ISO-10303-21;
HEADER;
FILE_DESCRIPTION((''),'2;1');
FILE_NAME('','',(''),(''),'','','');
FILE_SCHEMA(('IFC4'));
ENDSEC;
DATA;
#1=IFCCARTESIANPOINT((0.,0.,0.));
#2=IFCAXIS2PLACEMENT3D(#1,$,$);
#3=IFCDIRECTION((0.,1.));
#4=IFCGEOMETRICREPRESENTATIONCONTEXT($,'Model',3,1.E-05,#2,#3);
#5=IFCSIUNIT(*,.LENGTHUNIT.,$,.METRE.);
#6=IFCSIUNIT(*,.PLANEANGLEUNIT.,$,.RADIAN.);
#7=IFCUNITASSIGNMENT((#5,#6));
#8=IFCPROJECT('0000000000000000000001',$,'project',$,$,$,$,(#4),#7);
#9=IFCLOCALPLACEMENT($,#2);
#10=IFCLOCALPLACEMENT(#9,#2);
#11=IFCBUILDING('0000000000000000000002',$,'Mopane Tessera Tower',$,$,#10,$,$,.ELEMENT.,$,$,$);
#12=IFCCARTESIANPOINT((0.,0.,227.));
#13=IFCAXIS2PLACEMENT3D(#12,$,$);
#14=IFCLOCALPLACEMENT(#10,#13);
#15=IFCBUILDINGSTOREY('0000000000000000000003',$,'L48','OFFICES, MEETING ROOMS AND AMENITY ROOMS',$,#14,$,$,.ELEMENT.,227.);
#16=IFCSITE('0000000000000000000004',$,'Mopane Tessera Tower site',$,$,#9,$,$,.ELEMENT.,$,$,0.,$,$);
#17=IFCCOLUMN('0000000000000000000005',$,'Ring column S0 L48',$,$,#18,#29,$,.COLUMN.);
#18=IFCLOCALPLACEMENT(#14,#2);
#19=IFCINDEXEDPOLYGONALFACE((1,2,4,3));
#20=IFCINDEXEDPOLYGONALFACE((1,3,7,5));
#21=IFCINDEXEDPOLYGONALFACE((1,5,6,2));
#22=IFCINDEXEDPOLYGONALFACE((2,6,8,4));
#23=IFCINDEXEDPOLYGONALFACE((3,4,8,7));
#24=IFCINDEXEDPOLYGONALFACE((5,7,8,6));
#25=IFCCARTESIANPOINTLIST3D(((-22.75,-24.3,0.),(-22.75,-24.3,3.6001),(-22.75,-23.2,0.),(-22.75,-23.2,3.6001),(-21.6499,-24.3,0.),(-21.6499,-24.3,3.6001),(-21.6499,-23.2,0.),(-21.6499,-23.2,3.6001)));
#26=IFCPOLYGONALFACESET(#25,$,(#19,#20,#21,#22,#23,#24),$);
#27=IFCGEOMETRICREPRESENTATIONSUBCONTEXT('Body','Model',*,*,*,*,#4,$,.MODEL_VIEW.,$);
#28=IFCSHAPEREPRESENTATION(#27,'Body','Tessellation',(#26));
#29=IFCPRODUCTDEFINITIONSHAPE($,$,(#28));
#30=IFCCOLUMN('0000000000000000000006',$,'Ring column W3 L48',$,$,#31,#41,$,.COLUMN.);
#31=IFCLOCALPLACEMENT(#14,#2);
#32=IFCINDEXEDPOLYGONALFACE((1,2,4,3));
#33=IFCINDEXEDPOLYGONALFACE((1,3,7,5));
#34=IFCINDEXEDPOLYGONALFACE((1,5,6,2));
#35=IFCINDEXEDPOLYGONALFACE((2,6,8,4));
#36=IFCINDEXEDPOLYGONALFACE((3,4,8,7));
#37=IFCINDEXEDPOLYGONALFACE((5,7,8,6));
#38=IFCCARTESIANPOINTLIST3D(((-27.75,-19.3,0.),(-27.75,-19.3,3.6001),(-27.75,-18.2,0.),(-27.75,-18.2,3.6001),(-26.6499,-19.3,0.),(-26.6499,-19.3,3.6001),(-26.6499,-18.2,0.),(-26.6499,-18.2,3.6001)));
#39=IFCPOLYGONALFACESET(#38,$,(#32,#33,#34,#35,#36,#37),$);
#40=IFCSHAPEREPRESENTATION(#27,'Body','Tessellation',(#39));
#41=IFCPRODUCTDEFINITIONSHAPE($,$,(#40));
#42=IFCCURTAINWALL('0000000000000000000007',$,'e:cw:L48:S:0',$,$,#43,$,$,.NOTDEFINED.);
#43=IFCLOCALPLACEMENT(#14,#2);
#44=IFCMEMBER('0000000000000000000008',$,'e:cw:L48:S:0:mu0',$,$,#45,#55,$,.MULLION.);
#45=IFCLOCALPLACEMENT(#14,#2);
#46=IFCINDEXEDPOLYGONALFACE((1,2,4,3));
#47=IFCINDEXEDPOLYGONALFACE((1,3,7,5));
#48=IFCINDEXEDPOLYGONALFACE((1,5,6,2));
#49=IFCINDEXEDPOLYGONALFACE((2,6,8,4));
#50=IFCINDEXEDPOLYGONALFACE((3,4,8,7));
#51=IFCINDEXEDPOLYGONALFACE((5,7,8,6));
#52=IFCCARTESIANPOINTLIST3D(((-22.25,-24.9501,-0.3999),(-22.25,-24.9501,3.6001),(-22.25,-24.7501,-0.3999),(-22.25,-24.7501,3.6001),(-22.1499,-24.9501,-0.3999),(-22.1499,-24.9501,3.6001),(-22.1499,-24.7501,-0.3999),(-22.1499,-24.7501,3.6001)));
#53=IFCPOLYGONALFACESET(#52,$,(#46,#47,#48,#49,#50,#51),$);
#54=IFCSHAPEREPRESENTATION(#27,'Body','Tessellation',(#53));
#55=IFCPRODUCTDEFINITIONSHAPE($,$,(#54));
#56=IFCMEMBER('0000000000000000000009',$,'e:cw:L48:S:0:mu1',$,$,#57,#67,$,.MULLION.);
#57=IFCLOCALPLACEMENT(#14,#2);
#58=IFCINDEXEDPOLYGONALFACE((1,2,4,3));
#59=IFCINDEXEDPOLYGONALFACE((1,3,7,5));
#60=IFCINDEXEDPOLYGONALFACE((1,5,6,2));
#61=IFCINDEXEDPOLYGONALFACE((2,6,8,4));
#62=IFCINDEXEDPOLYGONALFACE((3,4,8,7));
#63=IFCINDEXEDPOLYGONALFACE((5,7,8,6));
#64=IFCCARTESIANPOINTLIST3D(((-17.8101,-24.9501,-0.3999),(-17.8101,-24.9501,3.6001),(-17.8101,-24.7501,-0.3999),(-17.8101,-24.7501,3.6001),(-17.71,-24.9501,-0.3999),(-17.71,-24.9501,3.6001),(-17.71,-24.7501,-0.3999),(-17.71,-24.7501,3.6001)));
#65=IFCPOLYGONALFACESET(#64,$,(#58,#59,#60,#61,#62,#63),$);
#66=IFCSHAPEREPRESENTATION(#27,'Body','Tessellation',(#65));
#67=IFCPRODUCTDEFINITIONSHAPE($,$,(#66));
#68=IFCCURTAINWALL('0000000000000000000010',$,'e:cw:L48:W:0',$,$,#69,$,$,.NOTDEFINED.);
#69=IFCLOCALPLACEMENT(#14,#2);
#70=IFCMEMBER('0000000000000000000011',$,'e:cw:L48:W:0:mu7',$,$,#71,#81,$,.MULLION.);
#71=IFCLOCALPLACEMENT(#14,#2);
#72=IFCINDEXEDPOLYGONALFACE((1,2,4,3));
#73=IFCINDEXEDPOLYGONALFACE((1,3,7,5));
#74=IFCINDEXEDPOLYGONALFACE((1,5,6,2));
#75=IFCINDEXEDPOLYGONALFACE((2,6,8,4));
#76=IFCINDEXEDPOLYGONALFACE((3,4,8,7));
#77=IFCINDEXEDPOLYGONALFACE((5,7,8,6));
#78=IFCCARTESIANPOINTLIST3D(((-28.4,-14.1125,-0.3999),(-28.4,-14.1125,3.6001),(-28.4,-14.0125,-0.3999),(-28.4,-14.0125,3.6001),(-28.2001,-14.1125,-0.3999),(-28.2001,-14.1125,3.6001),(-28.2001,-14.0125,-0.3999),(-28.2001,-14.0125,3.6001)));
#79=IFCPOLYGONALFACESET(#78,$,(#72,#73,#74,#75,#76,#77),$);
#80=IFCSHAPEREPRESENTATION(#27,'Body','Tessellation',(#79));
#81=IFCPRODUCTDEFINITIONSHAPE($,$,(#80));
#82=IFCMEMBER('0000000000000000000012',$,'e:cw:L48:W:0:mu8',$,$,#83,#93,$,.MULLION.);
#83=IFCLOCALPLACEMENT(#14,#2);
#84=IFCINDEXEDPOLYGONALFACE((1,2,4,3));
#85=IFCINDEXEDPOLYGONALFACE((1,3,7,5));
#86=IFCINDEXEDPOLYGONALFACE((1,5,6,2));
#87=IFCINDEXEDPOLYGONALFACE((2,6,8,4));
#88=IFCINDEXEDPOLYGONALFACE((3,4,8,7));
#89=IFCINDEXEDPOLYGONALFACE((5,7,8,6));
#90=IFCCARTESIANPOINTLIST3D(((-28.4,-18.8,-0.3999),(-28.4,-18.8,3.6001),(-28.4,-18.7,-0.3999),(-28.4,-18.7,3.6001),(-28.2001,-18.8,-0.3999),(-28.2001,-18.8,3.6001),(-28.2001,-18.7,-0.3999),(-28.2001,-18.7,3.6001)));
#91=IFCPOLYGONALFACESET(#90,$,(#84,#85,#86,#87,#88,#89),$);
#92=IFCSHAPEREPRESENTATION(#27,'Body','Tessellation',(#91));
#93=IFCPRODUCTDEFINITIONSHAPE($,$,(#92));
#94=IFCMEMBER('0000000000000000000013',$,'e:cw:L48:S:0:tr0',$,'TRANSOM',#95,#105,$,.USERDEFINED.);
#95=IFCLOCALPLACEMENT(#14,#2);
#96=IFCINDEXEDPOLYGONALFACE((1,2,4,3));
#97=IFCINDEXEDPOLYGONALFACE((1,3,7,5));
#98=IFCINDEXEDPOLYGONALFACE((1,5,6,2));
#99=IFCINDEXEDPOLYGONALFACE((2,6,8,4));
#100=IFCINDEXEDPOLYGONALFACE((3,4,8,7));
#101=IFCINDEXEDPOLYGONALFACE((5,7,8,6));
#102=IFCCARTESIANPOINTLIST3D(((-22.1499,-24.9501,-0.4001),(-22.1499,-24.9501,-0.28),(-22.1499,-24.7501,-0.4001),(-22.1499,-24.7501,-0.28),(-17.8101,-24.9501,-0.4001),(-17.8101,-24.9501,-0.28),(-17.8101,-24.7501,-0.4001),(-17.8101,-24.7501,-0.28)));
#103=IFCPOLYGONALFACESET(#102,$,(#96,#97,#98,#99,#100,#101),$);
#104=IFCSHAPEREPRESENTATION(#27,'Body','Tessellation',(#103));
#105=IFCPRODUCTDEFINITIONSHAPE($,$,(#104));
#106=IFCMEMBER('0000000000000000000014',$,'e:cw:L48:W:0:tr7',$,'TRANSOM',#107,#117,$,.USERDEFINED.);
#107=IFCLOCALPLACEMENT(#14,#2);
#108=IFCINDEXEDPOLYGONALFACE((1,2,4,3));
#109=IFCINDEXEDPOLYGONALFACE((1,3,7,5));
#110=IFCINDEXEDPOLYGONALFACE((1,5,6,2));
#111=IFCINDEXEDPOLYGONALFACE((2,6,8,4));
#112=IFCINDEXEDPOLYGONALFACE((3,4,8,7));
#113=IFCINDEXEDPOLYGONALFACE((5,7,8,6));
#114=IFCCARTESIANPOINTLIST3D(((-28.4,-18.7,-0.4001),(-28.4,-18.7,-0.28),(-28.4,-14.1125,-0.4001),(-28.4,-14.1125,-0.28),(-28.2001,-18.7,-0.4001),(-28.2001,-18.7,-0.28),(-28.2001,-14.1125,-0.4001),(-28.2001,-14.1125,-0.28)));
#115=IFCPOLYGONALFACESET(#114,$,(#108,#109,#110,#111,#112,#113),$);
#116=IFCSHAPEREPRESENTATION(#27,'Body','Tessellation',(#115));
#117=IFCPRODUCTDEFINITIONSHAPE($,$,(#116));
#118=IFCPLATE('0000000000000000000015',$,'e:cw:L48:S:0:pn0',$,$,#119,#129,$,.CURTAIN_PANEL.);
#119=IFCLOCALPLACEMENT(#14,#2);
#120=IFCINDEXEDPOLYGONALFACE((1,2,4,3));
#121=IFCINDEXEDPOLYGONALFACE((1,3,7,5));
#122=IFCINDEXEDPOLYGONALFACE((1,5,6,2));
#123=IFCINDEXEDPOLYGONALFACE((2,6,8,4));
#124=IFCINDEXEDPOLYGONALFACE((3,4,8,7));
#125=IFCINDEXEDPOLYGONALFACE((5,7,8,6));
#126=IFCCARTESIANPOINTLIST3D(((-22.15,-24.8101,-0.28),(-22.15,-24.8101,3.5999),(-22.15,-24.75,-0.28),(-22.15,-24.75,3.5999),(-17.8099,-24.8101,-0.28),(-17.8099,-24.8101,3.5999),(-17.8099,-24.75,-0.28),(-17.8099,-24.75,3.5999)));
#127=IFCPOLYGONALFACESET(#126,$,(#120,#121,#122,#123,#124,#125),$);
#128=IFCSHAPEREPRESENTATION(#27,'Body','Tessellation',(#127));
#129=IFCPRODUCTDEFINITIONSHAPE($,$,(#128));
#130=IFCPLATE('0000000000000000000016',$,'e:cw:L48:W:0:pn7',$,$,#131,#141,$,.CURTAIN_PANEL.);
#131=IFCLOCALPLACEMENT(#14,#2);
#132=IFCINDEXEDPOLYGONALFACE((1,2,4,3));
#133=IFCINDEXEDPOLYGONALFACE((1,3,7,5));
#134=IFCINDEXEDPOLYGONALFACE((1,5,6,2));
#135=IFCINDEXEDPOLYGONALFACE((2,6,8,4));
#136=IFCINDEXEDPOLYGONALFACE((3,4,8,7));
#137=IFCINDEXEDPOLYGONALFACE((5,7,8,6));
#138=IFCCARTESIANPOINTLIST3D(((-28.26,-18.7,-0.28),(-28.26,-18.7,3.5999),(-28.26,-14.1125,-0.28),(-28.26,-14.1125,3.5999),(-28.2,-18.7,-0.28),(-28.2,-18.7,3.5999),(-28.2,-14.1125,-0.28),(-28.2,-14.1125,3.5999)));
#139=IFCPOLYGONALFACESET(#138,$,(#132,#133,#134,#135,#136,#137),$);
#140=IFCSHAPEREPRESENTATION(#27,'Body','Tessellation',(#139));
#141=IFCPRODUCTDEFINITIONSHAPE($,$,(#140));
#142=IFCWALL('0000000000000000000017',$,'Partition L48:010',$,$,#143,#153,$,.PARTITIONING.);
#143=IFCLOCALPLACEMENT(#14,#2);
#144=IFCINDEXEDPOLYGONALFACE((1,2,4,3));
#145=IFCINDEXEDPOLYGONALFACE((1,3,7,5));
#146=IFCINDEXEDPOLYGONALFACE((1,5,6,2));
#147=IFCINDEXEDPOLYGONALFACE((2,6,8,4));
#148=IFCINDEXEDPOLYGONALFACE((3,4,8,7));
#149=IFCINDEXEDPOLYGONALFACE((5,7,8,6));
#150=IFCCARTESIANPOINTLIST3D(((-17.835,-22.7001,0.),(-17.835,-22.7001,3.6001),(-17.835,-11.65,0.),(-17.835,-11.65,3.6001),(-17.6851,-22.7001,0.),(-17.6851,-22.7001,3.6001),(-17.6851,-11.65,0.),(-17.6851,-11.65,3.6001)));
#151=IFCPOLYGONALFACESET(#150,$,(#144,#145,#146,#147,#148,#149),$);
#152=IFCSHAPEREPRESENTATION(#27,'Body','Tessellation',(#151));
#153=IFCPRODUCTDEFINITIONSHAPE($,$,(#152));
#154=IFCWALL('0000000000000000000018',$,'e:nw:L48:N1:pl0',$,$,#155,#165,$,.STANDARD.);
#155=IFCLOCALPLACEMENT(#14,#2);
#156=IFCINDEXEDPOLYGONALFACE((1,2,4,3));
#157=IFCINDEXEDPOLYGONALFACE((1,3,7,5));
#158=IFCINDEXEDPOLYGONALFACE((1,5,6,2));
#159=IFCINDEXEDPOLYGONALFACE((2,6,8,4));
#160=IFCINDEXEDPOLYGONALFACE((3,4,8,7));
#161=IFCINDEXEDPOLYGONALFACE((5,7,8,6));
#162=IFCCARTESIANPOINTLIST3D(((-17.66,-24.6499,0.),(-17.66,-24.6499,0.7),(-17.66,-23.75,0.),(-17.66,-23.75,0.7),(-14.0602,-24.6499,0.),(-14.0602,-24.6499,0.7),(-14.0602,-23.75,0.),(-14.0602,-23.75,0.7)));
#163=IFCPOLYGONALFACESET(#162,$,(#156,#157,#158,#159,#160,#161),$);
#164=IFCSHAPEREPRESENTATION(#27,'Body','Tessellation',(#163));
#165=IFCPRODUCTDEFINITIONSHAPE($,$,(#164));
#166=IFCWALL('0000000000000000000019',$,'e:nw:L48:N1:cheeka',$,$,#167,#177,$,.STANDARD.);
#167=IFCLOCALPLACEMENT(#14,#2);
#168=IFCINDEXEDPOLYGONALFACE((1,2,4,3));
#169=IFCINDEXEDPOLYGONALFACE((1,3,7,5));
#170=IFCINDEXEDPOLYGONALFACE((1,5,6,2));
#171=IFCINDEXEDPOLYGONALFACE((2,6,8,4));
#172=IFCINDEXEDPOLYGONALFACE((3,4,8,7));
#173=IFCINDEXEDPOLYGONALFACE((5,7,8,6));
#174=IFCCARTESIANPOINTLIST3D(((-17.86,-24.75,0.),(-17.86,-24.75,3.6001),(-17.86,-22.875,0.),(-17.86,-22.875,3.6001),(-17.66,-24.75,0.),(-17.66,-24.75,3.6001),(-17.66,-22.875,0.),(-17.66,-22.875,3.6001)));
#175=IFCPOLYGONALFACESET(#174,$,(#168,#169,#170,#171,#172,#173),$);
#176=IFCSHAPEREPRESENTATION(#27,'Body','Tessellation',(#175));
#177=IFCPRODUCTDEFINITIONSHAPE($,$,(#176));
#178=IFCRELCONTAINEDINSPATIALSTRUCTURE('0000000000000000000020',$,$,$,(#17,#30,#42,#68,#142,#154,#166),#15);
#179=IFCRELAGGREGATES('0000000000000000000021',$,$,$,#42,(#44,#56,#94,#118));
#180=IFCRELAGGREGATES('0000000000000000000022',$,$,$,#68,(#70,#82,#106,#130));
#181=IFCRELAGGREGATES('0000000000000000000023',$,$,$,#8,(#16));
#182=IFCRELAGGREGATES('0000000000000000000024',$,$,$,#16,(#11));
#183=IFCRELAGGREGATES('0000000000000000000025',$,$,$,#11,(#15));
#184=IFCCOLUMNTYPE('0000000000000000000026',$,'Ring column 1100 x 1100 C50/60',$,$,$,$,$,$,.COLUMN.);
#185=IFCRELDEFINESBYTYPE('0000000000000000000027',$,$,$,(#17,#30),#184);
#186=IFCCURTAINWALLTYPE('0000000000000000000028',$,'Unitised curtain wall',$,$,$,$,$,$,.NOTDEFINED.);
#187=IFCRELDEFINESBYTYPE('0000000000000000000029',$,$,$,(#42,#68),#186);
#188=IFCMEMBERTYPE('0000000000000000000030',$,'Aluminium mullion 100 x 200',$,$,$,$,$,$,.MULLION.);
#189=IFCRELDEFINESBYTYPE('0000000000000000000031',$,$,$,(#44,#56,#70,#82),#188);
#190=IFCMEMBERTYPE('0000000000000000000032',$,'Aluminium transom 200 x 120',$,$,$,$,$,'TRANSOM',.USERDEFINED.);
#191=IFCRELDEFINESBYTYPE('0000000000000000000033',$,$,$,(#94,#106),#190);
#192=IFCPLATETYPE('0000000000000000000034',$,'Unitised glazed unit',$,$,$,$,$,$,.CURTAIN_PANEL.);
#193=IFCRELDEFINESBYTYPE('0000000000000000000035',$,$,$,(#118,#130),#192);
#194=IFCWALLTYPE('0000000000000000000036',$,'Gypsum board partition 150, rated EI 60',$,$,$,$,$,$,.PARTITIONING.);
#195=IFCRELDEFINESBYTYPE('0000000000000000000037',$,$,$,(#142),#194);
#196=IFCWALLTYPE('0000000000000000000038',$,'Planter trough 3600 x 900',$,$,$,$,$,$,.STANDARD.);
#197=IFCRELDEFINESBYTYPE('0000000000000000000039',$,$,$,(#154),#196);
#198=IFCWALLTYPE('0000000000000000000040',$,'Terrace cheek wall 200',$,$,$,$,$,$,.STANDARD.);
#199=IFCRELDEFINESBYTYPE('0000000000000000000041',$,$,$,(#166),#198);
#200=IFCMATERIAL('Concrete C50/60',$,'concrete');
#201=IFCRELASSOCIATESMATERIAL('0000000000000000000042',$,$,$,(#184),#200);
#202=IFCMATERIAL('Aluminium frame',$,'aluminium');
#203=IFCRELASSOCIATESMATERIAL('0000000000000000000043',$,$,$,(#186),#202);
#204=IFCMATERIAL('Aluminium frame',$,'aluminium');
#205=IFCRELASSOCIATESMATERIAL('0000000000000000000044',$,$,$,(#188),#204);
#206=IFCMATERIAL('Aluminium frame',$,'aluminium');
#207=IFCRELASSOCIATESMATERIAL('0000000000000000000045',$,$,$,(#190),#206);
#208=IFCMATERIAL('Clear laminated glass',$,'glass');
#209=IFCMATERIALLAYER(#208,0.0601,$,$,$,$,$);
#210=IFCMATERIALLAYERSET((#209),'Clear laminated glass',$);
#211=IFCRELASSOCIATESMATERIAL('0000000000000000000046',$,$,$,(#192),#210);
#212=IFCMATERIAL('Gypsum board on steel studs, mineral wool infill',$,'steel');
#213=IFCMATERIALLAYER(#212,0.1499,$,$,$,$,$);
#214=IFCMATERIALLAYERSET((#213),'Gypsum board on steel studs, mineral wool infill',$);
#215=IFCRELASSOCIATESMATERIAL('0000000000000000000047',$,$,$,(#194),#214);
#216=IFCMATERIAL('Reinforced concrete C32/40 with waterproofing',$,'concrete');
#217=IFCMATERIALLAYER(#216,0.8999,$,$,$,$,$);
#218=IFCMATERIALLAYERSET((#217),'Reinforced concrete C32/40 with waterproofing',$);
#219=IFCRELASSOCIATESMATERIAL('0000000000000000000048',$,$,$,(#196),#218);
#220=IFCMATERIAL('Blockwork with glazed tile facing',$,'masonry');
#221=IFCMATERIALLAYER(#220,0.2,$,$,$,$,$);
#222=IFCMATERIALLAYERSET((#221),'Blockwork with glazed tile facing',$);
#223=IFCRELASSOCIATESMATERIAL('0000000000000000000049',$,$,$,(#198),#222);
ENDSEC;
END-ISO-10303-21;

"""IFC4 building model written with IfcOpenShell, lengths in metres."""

from ifc_helpers import new_model, si_unit, direction, frame, frame_2d, origin, origin_2d, place, context, subcontext, project, spatial, rectangle, extrude, material, layer, layer_set, material_profile, profile_set, type_object, element, aggregate, save


model = new_model("IFC4")

# Units and contexts
model_context = context("Model", 3, precision=1e-05, world=origin(), true_north=direction((0.0, 1.0)))
body_context = subcontext(model_context, "Body", "Model", "MODEL_VIEW")
ifc_project = project(units=[si_unit("LENGTHUNIT", "METRE"), si_unit("PLANEANGLEUNIT", "RADIAN")], contexts=[model_context])

# Site, building, storey
site_placement = place(None, origin())
site = spatial("IfcSite", under=ifc_project, at=site_placement, Name="Mopane Tessera Tower site", CompositionType="ELEMENT", RefElevation=0.0)
building_placement = place(site_placement, origin())
building = spatial("IfcBuilding", under=site, at=building_placement, Name="Mopane Tessera Tower", CompositionType="ELEMENT")
storey_placement = place(building_placement, frame((0.0, 0.0, 227.0)))
storey = spatial("IfcBuildingStorey", under=building, at=storey_placement, Name="L48", Description="OFFICES, MEETING ROOMS AND AMENITY ROOMS", CompositionType="ELEMENT", Elevation=227.0)

# Columns
ifc_material_1 = material(Name="Concrete C50/60", Category="concrete")
ifc_material_profile_1 = material_profile(ifc_material_1, rectangle(XDim=1.1001, YDim=1.1001, at=origin_2d()))
ifc_profile_set_1 = profile_set([ifc_material_profile_1], Name="Concrete C50/60")
column_type = type_object("IfcColumnType", Name="Ring column 1100 x 1100 C50/60", PredefinedType="COLUMN", material=ifc_profile_set_1)
for number, where, z_axis, x_axis, name in (
    (1, (-22.2, -23.75, 0.0), (0.0, 0.0, 1.0), (1.0, 0.0, 0.0), "Ring column S0 L48"),
    (2, (-27.2, -18.75, 0.0), (0.0, 0.0, 1.0), (1.0, 0.0, 0.0), "Ring column W3 L48"),
):
    element("IfcColumn", number, at=place(storey_placement, frame(where, z_axis=z_axis, x_axis=x_axis)), inside=storey, type_object=column_type, Name=name, PredefinedType="COLUMN", context=body_context, shape_type="SweptSolid", body=[
        extrude(rectangle(XDim=1.1001, YDim=1.1001, at=origin_2d()), origin(), (0.0, 0.0, 1.0), 3.6001),
    ])

# Curtain walls, members
ifc_material_2 = material(Name="Aluminium frame", Category="aluminium")
curtain_wall_type = type_object("IfcCurtainWallType", Name="Unitised curtain wall", PredefinedType="NOTDEFINED", material=ifc_material_2)
curtain_wall_1_placement = place(storey_placement, origin())
curtain_wall_1 = element("IfcCurtainWall", 3, at=curtain_wall_1_placement, inside=storey, type_object=curtain_wall_type, Name="e:cw:L48:S:0", PredefinedType="NOTDEFINED")
ifc_material_3 = material(Name="Aluminium frame", Category="aluminium")
ifc_material_profile_2 = material_profile(ifc_material_3, rectangle(XDim=0.1001, YDim=0.2, at=origin_2d()))
ifc_profile_set_2 = profile_set([ifc_material_profile_2], Name="Aluminium frame")
member_type_1 = type_object("IfcMemberType", Name="Aluminium mullion 100 x 200", PredefinedType="MULLION", material=ifc_profile_set_2)
member_1_placement = place(storey_placement, frame((-22.2, -24.8501, -0.3999), z_axis=(0.0, 0.0, 1.0), x_axis=(1.0, 0.0, 0.0)))
member_1 = element("IfcMember", 4, at=member_1_placement, type_object=member_type_1, Name="e:cw:L48:S:0:mu0", PredefinedType="MULLION", context=body_context, shape_type="SweptSolid", body=[
    extrude(rectangle(XDim=0.1001, YDim=0.2, at=origin_2d()), origin(), (0.0, 0.0, 1.0), 4.0),
])
member_2_placement = place(storey_placement, frame((-17.76, -24.8501, -0.3999), z_axis=(0.0, 0.0, 1.0), x_axis=(1.0, 0.0, 0.0)))
member_2 = element("IfcMember", 5, at=member_2_placement, type_object=member_type_1, Name="e:cw:L48:S:0:mu1", PredefinedType="MULLION", context=body_context, shape_type="SweptSolid", body=[
    extrude(rectangle(XDim=0.1001, YDim=0.2, at=origin_2d()), origin(), (0.0, 0.0, 1.0), 4.0),
])
curtain_wall_2_placement = place(storey_placement, origin())
curtain_wall_2 = element("IfcCurtainWall", 6, at=curtain_wall_2_placement, inside=storey, type_object=curtain_wall_type, Name="e:cw:L48:W:0", PredefinedType="NOTDEFINED")
member_3_placement = place(storey_placement, frame((-28.3, -14.0625, -0.3999), z_axis=(0.0, 0.0, 1.0), x_axis=(0.0, -1.0, 0.0)))
member_3 = element("IfcMember", 7, at=member_3_placement, type_object=member_type_1, Name="e:cw:L48:W:0:mu7", PredefinedType="MULLION", context=body_context, shape_type="SweptSolid", body=[
    extrude(rectangle(XDim=0.1001, YDim=0.2, at=origin_2d()), origin(), (0.0, 0.0, 1.0), 4.0),
])
member_4_placement = place(storey_placement, frame((-28.3, -18.75, -0.3999), z_axis=(0.0, 0.0, 1.0), x_axis=(0.0, -1.0, 0.0)))
member_4 = element("IfcMember", 8, at=member_4_placement, type_object=member_type_1, Name="e:cw:L48:W:0:mu8", PredefinedType="MULLION", context=body_context, shape_type="SweptSolid", body=[
    extrude(rectangle(XDim=0.1001, YDim=0.2, at=origin_2d()), origin(), (0.0, 0.0, 1.0), 4.0),
])

# Members
ifc_material_4 = material(Name="Aluminium frame", Category="aluminium")
ifc_material_profile_3 = material_profile(ifc_material_4, rectangle(XDim=0.2, YDim=0.1201, at=origin_2d()))
ifc_profile_set_3 = profile_set([ifc_material_profile_3], Name="Aluminium frame")
member_type_2 = type_object("IfcMemberType", Name="Aluminium transom 200 x 120", ElementType="TRANSOM", PredefinedType="USERDEFINED", material=ifc_profile_set_3)
member_5_placement = place(storey_placement, frame((-22.1499, -24.8501, -0.3401), z_axis=(1.0, 0.0, 0.0), x_axis=(0.0, 1.0, 0.0)))
member_5 = element("IfcMember", 9, at=member_5_placement, type_object=member_type_2, Name="e:cw:L48:S:0:tr0", ObjectType="TRANSOM", PredefinedType="USERDEFINED", context=body_context, shape_type="SweptSolid", body=[
    extrude(rectangle(XDim=0.2, YDim=0.1201, at=origin_2d()), origin(), (0.0, 0.0, 1.0), 4.3398),
])
member_6_placement = place(storey_placement, frame((-28.3, -14.1125, -0.3401), z_axis=(0.0, -1.0, 0.0), x_axis=(1.0, 0.0, 0.0)))
member_6 = element("IfcMember", 10, at=member_6_placement, type_object=member_type_2, Name="e:cw:L48:W:0:tr7", ObjectType="TRANSOM", PredefinedType="USERDEFINED", context=body_context, shape_type="SweptSolid", body=[
    extrude(rectangle(XDim=0.2, YDim=0.1201, at=origin_2d()), origin(), (0.0, 0.0, 1.0), 4.5874),
])

# Plates
ifc_material_5 = material(Name="Clear laminated glass", Category="glass")
ifc_layer_1 = layer(ifc_material_5, 0.0601)
ifc_layer_set_1 = layer_set([ifc_layer_1], Name="Clear laminated glass")
plate_type = type_object("IfcPlateType", Name="Unitised glazed unit", PredefinedType="CURTAIN_PANEL", material=ifc_layer_set_1)
plate_1_placement = place(storey_placement, frame((-19.98, -24.78, -0.28), z_axis=(0.0, 0.0, 1.0), x_axis=(1.0, 0.0, 0.0)))
plate_1 = element("IfcPlate", 11, at=plate_1_placement, type_object=plate_type, Name="e:cw:L48:S:0:pn0", PredefinedType="CURTAIN_PANEL", context=body_context, shape_type="SweptSolid", body=[
    extrude(rectangle(XDim=4.3401, YDim=0.0601, at=origin_2d()), origin(), (0.0, 0.0, 1.0), 3.8799),
])
aggregate(curtain_wall_1, [member_1, member_2, member_5, plate_1])
plate_2_placement = place(storey_placement, frame((-28.23, -16.4062, -0.28), z_axis=(0.0, 0.0, 1.0), x_axis=(0.0, -1.0, 0.0)))
plate_2 = element("IfcPlate", 12, at=plate_2_placement, type_object=plate_type, Name="e:cw:L48:W:0:pn7", PredefinedType="CURTAIN_PANEL", context=body_context, shape_type="SweptSolid", body=[
    extrude(rectangle(XDim=4.5874, YDim=0.0601, at=origin_2d()), origin(), (0.0, 0.0, 1.0), 3.8799),
])
aggregate(curtain_wall_2, [member_3, member_4, member_6, plate_2])

# Walls
ifc_material_6 = material(Name="Gypsum board on steel studs, mineral wool infill", Category="steel")
ifc_layer_2 = layer(ifc_material_6, 0.1499)
ifc_layer_set_2 = layer_set([ifc_layer_2], Name="Gypsum board on steel studs, mineral wool infill")
wall_type_1 = type_object("IfcWallType", Name="Gypsum board partition 150, rated EI 60", PredefinedType="PARTITIONING", material=ifc_layer_set_2)
wall_1_placement = place(storey_placement, frame((-17.76, -22.7, 0.0), z_axis=(0.0, 0.0, 1.0), x_axis=(0.0, 1.0, 0.0)))
element("IfcWall", 13, at=wall_1_placement, inside=storey, type_object=wall_type_1, Name="Partition L48:010", PredefinedType="PARTITIONING", context=body_context, shape_type="SweptSolid", body=[
    extrude(rectangle(XDim=11.05, YDim=0.1499, at=frame_2d((5.5249, 0.0))), origin(), (0.0, 0.0, 1.0), 3.6001),
])
ifc_material_7 = material(Name="Reinforced concrete C32/40 with waterproofing", Category="concrete")
ifc_layer_3 = layer(ifc_material_7, 0.8999)
ifc_layer_set_3 = layer_set([ifc_layer_3], Name="Reinforced concrete C32/40 with waterproofing")
wall_type_2 = type_object("IfcWallType", Name="Planter trough 3600 x 900", PredefinedType="STANDARD", material=ifc_layer_set_3)
wall_2_placement = place(storey_placement, frame((-17.6599, -24.2, 0.0), z_axis=(0.0, 0.0, 1.0), x_axis=(1.0, 0.0, 0.0)))
element("IfcWall", 14, at=wall_2_placement, inside=storey, type_object=wall_type_2, Name="e:nw:L48:N1:pl0", PredefinedType="STANDARD", context=body_context, shape_type="SweptSolid", body=[
    extrude(rectangle(XDim=3.5999, YDim=0.8999, at=frame_2d((1.7998, 0.0))), origin(), (0.0, 0.0, 1.0), 0.7),
])
ifc_material_8 = material(Name="Blockwork with glazed tile facing", Category="masonry")
ifc_layer_4 = layer(ifc_material_8, 0.2)
ifc_layer_set_4 = layer_set([ifc_layer_4], Name="Blockwork with glazed tile facing")
wall_type_3 = type_object("IfcWallType", Name="Terrace cheek wall 200", PredefinedType="STANDARD", material=ifc_layer_set_4)
wall_3_placement = place(storey_placement, frame((-17.76, -24.75, 0.0), z_axis=(0.0, 0.0, 1.0), x_axis=(0.0, 1.0, 0.0)))
element("IfcWall", 15, at=wall_3_placement, inside=storey, type_object=wall_type_3, Name="e:nw:L48:N1:cheeka", PredefinedType="STANDARD", context=body_context, shape_type="SweptSolid", body=[
    extrude(rectangle(XDim=1.875, YDim=0.2, at=frame_2d((0.9375, 0.0))), origin(), (0.0, 0.0, 1.0), 3.6001),
])

save(model, "model.ifc")
